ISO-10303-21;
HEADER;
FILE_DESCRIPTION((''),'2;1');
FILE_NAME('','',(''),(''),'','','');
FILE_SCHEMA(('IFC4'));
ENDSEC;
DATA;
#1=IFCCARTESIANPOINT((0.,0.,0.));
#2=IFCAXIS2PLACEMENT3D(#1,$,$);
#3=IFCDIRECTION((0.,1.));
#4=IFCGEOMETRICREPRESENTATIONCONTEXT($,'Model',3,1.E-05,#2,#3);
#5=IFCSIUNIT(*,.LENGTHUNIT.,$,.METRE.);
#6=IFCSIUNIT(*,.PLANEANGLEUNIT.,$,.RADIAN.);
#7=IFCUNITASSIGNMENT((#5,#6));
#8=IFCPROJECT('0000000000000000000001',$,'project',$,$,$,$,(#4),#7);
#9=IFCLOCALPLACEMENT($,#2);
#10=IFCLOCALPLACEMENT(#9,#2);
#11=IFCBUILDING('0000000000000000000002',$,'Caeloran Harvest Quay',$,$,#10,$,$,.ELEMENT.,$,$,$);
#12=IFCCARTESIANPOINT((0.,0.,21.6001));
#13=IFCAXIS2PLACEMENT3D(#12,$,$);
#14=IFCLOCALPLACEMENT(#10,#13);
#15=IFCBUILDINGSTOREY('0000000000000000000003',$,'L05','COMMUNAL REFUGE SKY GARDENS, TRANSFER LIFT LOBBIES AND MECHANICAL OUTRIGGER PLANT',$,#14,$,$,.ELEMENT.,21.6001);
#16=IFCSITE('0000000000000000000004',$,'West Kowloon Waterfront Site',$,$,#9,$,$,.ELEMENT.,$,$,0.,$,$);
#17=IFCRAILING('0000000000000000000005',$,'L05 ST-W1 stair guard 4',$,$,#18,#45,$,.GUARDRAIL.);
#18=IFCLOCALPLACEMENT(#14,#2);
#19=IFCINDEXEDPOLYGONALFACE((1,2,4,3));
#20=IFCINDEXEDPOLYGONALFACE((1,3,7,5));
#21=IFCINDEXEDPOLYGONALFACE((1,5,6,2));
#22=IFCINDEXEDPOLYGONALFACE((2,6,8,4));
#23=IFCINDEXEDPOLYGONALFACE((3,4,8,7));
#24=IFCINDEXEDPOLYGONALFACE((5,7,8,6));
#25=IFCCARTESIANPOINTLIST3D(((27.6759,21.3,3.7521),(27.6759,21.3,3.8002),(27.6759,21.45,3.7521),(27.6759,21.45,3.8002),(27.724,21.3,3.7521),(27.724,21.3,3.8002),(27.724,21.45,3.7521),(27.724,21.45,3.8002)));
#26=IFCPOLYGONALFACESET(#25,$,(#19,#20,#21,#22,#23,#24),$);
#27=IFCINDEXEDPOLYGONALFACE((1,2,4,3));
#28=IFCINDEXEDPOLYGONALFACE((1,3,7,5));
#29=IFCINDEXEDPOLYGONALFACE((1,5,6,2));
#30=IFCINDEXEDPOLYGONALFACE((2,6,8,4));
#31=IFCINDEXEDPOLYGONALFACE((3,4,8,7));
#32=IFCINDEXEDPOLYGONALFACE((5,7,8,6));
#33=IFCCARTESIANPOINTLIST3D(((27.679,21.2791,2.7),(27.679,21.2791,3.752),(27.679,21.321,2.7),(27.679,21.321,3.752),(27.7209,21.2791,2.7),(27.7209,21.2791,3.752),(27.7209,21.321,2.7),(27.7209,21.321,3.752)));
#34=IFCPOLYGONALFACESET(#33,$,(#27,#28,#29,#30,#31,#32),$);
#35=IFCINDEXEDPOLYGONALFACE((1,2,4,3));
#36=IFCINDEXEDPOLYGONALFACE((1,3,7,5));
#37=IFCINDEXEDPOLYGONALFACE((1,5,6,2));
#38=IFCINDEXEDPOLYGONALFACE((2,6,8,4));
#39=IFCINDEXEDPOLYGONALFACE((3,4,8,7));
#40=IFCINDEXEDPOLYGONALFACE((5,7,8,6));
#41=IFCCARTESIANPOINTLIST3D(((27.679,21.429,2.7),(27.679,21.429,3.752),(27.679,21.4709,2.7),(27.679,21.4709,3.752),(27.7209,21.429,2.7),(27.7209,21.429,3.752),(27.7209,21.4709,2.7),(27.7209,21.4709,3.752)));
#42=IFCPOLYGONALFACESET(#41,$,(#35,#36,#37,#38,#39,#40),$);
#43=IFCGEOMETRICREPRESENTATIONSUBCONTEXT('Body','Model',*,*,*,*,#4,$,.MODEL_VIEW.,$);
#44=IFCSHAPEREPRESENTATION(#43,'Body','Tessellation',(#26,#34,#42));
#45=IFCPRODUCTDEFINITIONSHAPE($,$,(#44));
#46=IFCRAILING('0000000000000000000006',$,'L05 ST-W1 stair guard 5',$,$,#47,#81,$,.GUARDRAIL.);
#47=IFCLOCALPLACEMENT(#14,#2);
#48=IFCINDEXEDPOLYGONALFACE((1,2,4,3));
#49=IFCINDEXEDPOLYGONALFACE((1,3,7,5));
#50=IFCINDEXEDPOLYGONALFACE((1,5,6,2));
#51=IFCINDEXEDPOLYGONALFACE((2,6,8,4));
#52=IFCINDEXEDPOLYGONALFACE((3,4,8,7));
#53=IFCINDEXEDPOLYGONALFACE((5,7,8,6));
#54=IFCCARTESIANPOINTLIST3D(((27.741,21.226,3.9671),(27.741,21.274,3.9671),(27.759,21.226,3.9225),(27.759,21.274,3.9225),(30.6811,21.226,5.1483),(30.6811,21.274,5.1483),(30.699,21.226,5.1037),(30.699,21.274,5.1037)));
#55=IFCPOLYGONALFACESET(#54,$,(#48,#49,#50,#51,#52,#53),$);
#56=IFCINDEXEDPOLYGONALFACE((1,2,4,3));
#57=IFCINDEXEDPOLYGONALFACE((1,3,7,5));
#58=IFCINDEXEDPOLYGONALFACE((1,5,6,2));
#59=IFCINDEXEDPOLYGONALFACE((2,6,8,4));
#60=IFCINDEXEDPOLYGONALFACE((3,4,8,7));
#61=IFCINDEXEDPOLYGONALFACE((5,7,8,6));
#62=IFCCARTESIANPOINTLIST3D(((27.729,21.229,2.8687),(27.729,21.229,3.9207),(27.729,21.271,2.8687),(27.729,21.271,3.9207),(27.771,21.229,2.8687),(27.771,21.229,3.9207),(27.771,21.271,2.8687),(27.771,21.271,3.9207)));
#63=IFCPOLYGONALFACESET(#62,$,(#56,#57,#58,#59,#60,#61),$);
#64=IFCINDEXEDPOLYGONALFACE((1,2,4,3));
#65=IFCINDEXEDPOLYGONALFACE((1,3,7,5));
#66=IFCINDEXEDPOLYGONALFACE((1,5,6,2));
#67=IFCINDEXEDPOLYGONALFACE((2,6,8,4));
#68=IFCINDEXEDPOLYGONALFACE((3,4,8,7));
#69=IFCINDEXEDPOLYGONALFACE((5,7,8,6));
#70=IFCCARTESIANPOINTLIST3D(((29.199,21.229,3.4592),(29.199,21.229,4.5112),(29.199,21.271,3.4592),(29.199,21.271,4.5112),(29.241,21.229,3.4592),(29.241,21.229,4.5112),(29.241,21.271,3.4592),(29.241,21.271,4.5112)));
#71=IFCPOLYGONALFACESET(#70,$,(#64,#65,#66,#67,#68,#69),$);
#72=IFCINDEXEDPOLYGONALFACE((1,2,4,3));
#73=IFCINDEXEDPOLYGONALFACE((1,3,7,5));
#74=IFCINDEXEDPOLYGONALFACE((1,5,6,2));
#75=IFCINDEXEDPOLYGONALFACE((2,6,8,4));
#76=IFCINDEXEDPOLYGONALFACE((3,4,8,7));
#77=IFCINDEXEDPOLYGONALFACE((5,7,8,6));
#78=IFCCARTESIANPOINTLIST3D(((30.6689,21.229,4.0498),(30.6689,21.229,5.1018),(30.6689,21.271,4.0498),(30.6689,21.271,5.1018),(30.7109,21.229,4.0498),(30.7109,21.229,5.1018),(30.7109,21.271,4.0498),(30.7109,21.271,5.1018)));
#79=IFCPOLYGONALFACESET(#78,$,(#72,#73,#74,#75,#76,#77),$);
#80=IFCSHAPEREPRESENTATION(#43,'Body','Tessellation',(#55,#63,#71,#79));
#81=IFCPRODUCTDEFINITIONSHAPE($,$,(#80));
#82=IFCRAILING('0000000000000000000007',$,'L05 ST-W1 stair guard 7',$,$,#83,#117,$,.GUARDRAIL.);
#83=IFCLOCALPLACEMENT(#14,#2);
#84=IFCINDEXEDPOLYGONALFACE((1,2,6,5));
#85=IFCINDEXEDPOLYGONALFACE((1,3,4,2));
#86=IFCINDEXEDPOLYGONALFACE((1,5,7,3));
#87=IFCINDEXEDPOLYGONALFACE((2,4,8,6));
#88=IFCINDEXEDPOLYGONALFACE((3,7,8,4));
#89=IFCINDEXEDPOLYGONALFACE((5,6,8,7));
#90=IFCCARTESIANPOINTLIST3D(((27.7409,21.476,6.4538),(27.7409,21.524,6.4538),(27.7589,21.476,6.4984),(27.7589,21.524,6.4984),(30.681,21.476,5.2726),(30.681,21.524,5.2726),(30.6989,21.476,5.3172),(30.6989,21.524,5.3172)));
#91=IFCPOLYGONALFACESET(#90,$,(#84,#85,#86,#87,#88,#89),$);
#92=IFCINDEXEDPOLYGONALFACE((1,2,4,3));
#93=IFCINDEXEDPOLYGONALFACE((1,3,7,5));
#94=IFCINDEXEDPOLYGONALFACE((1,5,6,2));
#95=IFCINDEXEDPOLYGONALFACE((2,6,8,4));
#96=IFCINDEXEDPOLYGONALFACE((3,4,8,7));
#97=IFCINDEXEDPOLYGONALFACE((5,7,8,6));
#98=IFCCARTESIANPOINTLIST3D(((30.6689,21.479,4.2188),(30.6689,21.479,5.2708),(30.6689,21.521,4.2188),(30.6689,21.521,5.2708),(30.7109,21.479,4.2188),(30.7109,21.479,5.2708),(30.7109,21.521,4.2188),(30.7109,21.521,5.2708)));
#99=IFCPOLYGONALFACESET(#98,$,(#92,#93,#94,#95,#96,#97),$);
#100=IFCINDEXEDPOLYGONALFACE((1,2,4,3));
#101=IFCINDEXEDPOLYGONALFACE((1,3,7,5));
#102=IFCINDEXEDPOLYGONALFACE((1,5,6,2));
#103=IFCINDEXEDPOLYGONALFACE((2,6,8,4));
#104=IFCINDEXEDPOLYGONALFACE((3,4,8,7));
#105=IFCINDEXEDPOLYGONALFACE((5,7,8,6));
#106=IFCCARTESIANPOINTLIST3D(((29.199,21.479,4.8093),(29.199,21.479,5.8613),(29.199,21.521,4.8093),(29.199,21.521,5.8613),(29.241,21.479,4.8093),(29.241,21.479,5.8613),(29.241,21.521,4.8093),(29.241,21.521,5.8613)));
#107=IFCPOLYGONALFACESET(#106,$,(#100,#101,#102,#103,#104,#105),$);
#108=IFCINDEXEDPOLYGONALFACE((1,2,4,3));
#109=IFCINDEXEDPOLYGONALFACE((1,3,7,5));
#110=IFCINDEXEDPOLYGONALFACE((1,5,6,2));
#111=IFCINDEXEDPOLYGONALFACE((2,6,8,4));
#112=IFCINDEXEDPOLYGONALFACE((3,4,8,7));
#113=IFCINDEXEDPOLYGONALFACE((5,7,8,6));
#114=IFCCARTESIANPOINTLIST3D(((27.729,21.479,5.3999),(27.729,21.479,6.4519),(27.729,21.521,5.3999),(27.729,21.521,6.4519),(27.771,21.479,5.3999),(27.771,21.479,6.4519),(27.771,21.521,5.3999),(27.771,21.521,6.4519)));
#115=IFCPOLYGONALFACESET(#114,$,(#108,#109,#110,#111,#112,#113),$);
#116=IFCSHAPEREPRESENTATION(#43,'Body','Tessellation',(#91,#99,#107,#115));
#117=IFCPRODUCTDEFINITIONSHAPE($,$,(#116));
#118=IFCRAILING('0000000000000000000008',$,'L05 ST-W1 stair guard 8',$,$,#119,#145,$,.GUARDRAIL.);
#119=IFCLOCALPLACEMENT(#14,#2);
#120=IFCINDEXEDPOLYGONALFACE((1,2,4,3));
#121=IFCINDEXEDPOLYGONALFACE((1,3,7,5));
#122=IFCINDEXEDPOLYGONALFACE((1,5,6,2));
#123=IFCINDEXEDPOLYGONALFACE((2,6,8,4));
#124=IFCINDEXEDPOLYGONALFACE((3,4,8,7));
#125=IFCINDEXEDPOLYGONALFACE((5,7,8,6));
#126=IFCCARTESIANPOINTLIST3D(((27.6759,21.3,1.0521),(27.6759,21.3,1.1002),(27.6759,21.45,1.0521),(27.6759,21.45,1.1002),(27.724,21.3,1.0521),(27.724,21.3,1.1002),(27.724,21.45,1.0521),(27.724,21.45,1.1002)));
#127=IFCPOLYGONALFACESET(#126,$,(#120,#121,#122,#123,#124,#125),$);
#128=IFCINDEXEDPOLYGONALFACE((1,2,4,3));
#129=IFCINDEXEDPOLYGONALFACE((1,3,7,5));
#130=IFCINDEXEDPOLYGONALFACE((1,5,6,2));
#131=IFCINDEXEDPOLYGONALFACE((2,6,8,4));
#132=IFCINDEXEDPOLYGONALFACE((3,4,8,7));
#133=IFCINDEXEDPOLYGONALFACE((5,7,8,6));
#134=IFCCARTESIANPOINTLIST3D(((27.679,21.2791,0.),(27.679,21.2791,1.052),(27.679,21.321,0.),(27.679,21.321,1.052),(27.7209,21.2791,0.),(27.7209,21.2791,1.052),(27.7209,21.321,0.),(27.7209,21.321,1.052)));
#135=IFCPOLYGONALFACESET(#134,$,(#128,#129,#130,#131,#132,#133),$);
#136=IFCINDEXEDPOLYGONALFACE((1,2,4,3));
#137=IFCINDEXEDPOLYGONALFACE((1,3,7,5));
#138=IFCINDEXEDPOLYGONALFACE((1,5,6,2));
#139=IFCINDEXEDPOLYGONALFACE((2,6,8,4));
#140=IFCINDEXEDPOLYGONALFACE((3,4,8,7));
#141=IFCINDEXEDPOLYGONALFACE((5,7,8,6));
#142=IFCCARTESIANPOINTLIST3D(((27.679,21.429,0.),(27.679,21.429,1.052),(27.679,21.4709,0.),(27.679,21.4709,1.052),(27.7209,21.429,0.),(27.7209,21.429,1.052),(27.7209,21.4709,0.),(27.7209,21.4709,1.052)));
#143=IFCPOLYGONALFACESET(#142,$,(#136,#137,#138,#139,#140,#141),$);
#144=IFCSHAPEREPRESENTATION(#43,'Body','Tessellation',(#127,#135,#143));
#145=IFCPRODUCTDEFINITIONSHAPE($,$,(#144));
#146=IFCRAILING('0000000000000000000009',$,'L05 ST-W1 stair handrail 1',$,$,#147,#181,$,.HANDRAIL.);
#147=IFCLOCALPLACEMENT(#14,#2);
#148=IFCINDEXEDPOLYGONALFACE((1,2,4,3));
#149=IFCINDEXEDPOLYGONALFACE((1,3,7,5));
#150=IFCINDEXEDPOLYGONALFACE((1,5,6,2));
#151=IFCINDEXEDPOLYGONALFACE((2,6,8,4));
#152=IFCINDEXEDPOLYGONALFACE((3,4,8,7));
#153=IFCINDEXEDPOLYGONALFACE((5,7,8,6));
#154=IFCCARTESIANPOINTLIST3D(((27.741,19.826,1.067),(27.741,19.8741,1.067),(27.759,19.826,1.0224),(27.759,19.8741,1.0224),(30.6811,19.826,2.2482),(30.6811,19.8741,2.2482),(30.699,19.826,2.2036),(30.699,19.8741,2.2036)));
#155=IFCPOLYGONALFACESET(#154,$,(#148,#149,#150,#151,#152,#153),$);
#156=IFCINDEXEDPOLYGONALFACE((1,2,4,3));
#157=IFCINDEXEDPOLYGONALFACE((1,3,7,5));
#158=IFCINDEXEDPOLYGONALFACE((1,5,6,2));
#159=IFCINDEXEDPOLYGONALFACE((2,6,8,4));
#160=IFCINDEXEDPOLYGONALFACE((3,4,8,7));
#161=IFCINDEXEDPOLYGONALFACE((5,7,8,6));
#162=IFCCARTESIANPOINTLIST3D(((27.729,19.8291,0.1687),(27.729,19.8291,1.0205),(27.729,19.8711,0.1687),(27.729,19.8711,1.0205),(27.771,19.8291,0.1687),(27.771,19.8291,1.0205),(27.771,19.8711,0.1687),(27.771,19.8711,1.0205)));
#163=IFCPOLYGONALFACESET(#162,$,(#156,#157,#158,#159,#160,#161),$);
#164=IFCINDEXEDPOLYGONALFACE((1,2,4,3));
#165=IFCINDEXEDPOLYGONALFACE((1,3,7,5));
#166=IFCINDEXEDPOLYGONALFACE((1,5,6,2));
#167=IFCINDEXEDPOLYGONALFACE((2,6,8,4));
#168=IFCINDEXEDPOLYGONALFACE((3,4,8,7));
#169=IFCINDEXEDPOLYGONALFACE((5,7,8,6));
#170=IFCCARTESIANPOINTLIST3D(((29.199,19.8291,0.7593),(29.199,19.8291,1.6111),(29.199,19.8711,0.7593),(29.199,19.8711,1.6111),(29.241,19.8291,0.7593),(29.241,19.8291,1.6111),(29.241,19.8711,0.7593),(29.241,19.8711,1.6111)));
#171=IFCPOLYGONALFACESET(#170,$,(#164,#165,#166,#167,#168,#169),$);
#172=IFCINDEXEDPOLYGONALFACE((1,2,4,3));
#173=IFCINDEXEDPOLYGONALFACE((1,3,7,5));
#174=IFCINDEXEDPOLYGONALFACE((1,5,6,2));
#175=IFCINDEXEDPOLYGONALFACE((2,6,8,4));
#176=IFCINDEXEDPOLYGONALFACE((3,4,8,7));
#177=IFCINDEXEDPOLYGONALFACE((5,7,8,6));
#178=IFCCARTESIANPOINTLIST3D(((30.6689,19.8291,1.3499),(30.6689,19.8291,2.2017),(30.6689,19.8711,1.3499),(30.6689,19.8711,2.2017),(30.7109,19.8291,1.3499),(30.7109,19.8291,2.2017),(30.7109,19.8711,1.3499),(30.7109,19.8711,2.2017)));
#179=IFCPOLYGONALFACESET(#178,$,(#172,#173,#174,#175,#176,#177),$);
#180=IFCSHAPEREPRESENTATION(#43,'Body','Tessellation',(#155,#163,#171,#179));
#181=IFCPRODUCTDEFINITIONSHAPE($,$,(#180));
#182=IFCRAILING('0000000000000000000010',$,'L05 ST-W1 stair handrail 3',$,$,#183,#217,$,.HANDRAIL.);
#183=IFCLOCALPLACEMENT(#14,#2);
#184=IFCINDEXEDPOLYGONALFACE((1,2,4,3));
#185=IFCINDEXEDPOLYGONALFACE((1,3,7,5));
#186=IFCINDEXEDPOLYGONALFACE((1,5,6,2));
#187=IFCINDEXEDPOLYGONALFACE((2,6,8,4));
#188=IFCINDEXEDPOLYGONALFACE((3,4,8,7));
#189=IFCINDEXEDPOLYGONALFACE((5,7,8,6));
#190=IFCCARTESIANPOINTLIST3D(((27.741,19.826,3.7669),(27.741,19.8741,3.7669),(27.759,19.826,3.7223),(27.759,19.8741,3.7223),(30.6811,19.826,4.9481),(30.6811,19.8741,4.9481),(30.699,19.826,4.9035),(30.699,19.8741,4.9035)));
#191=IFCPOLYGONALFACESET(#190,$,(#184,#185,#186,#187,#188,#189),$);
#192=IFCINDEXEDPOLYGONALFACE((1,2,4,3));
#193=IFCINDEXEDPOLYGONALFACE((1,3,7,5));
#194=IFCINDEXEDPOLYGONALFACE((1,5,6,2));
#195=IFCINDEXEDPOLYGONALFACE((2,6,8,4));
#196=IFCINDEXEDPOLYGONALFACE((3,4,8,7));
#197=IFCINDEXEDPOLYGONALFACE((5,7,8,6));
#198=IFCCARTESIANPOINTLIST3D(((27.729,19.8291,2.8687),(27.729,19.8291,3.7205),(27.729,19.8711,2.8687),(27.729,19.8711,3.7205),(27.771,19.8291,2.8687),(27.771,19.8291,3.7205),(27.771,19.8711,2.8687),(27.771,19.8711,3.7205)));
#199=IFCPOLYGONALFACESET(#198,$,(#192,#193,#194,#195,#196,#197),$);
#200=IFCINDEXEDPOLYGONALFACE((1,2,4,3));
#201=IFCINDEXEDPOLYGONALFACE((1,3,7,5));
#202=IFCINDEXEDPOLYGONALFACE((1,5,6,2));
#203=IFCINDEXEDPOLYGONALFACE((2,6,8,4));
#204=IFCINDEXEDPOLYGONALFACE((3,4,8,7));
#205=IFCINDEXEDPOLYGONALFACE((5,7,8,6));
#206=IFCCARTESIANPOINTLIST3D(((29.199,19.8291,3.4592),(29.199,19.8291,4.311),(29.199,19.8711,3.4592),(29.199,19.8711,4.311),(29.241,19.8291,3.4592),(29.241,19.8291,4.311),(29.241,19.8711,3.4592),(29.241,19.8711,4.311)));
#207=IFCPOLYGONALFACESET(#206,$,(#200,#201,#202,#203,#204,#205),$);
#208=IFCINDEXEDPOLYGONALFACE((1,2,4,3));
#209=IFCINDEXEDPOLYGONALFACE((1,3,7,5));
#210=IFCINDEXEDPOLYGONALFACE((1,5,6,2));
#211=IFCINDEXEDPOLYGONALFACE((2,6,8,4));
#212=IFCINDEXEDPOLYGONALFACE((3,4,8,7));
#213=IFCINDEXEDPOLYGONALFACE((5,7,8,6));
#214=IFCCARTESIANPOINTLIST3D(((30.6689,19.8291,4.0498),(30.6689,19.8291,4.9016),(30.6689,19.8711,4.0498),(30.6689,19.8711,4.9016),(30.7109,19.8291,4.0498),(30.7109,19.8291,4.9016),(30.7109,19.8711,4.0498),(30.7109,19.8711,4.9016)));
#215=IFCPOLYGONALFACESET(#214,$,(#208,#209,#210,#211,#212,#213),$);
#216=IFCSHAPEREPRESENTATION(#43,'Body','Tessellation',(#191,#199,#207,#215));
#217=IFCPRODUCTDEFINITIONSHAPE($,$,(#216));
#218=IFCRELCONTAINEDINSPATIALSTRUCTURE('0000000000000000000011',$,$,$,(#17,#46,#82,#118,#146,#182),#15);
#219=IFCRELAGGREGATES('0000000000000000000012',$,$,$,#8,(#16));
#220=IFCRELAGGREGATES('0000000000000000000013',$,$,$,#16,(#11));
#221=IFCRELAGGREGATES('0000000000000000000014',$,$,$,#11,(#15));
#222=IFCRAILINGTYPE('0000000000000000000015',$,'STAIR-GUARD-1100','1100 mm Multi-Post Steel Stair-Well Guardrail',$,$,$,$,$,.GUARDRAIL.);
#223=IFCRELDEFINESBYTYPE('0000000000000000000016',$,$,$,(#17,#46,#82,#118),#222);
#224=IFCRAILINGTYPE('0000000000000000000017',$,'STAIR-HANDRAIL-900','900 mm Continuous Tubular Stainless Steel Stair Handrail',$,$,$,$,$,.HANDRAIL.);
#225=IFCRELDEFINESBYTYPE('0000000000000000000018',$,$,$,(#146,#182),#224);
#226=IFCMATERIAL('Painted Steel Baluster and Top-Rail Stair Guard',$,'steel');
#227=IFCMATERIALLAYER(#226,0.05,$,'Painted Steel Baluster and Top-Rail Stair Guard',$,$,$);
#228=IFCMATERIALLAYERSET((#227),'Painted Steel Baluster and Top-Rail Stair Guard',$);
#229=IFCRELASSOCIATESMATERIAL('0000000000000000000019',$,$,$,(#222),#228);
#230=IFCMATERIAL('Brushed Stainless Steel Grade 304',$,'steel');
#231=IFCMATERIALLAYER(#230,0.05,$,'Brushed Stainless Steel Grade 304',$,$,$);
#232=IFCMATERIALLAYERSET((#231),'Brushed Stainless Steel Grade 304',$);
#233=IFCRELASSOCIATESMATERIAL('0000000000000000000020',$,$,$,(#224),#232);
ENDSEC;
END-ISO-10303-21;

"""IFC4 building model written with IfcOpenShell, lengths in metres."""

from ifc_helpers import new_model, si_unit, direction, frame, origin, origin_2d, place, context, subcontext, project, spatial, rectangle, extrude, material, layer, layer_set, type_object, element, save


model = new_model("IFC4")

# Units and contexts
model_context = context("Model", 3, precision=1e-05, world=origin(), true_north=direction((0.0, 1.0)))
body_context = subcontext(model_context, "Body", "Model", "MODEL_VIEW")
ifc_project = project(units=[si_unit("LENGTHUNIT", "METRE"), si_unit("PLANEANGLEUNIT", "RADIAN")], contexts=[model_context])

# Site, building, storey
site_placement = place(None, origin())
site = spatial("IfcSite", under=ifc_project, at=site_placement, Name="West Kowloon Waterfront Site", CompositionType="ELEMENT", RefElevation=0.0)
building_placement = place(site_placement, origin())
building = spatial("IfcBuilding", under=site, at=building_placement, Name="Caeloran Harvest Quay", CompositionType="ELEMENT")
storey_placement = place(building_placement, frame((0.0, 0.0, 21.6001)))
storey = spatial("IfcBuildingStorey", under=building, at=storey_placement, Name="L05", Description="COMMUNAL REFUGE SKY GARDENS, TRANSFER LIFT LOBBIES AND MECHANICAL OUTRIGGER PLANT", CompositionType="ELEMENT", Elevation=21.6001)

# Railings
ifc_material_1 = material(Name="Painted Steel Baluster and Top-Rail Stair Guard", Category="steel")
ifc_layer_1 = layer(ifc_material_1, 0.05, Name="Painted Steel Baluster and Top-Rail Stair Guard")
ifc_layer_set_1 = layer_set([ifc_layer_1], Name="Painted Steel Baluster and Top-Rail Stair Guard")
railing_type_1 = type_object("IfcRailingType", Name="STAIR-GUARD-1100", Description="1100 mm Multi-Post Steel Stair-Well Guardrail", PredefinedType="GUARDRAIL", material=ifc_layer_set_1)
railing_1_placement = place(storey_placement, frame((27.7, 21.3, 2.7)))
element("IfcRailing", 1, at=railing_1_placement, inside=storey, type_object=railing_type_1, Name="L05 ST-W1 stair guard 4", PredefinedType="GUARDRAIL", context=body_context, shape_type="SweptSolid", body=[
    extrude(rectangle(XDim=0.0481, YDim=0.0481, at=origin_2d()), frame((0.0, 0.0, 1.0762), z_axis=(0.0, 1.0, 0.0), x_axis=(-1.0, 0.0, 0.0)), (0.0, 0.0, 1.0), 0.1499),
    extrude(rectangle(XDim=0.042, YDim=0.042, at=origin_2d()), origin(), (0.0, 0.0, 1.0), 1.052),
    extrude(rectangle(XDim=0.042, YDim=0.042, at=origin_2d()), frame((0.0, 0.1499, 0.0)), (0.0, 0.0, 1.0), 1.052),
])
railing_2_placement = place(storey_placement, frame((27.75, 21.25, 2.8687)))
element("IfcRailing", 2, at=railing_2_placement, inside=storey, type_object=railing_type_1, Name="L05 ST-W1 stair guard 5", PredefinedType="GUARDRAIL", context=body_context, shape_type="SweptSolid", body=[
    extrude(rectangle(XDim=0.0481, YDim=0.0481, at=origin_2d()), frame((0.0, 0.0, 1.0762), z_axis=(0.927912, 0.0, 0.372799), x_axis=(0.0, 1.0, 0.0)), (0.0, 0.0, 1.0), 3.1685),
    extrude(rectangle(XDim=0.042, YDim=0.042, at=origin_2d()), origin(), (0.0, 0.0, 1.0), 1.052),
    extrude(rectangle(XDim=0.042, YDim=0.042, at=origin_2d()), frame((1.47, 0.0, 0.5906)), (0.0, 0.0, 1.0), 1.052),
    extrude(rectangle(XDim=0.042, YDim=0.042, at=origin_2d()), frame((2.9399, 0.0, 1.1812)), (0.0, 0.0, 1.0), 1.052),
])
railing_3_placement = place(storey_placement, frame((30.6899, 21.5, 4.2188)))
element("IfcRailing", 3, at=railing_3_placement, inside=storey, type_object=railing_type_1, Name="L05 ST-W1 stair guard 7", PredefinedType="GUARDRAIL", context=body_context, shape_type="SweptSolid", body=[
    extrude(rectangle(XDim=0.0481, YDim=0.0481, at=origin_2d()), frame((0.0, 0.0, 1.0762), z_axis=(-0.927912, 0.0, 0.372799), x_axis=(0.0, -1.0, 0.0)), (0.0, 0.0, 1.0), 3.1685),
    extrude(rectangle(XDim=0.042, YDim=0.042, at=origin_2d()), origin(), (0.0, 0.0, 1.0), 1.052),
    extrude(rectangle(XDim=0.042, YDim=0.042, at=origin_2d()), frame((-1.47, 0.0, 0.5906)), (0.0, 0.0, 1.0), 1.052),
    extrude(rectangle(XDim=0.042, YDim=0.042, at=origin_2d()), frame((-2.9399, 0.0, 1.1812)), (0.0, 0.0, 1.0), 1.052),
])
railing_4_placement = place(storey_placement, frame((27.7, 21.3, 0.0)))
element("IfcRailing", 4, at=railing_4_placement, inside=storey, type_object=railing_type_1, Name="L05 ST-W1 stair guard 8", PredefinedType="GUARDRAIL", context=body_context, shape_type="SweptSolid", body=[
    extrude(rectangle(XDim=0.0481, YDim=0.0481, at=origin_2d()), frame((0.0, 0.0, 1.0762), z_axis=(0.0, 1.0, 0.0), x_axis=(-1.0, 0.0, 0.0)), (0.0, 0.0, 1.0), 0.1499),
    extrude(rectangle(XDim=0.042, YDim=0.042, at=origin_2d()), origin(), (0.0, 0.0, 1.0), 1.052),
    extrude(rectangle(XDim=0.042, YDim=0.042, at=origin_2d()), frame((0.0, 0.1499, 0.0)), (0.0, 0.0, 1.0), 1.052),
])
ifc_material_2 = material(Name="Brushed Stainless Steel Grade 304", Category="steel")
ifc_layer_2 = layer(ifc_material_2, 0.05, Name="Brushed Stainless Steel Grade 304")
ifc_layer_set_2 = layer_set([ifc_layer_2], Name="Brushed Stainless Steel Grade 304")
railing_type_2 = type_object("IfcRailingType", Name="STAIR-HANDRAIL-900", Description="900 mm Continuous Tubular Stainless Steel Stair Handrail", PredefinedType="HANDRAIL", material=ifc_layer_set_2)
for number, where, name in (
    (5, (27.75, 19.8501, 0.1687), "L05 ST-W1 stair handrail 1"),
    (6, (27.75, 19.8501, 2.8687), "L05 ST-W1 stair handrail 3"),
):
    element("IfcRailing", number, at=place(storey_placement, frame(where)), inside=storey, type_object=railing_type_2, Name=name, PredefinedType="HANDRAIL", context=body_context, shape_type="SweptSolid", body=[
        extrude(rectangle(XDim=0.0481, YDim=0.0481, at=origin_2d()), frame((0.0, 0.0, 0.876), z_axis=(0.927912, 0.0, 0.372799), x_axis=(0.0, 1.0, 0.0)), (0.0, 0.0, 1.0), 3.1685),
        extrude(rectangle(XDim=0.042, YDim=0.042, at=origin_2d()), origin(), (0.0, 0.0, 1.0), 0.8518),
        extrude(rectangle(XDim=0.042, YDim=0.042, at=origin_2d()), frame((1.47, 0.0, 0.5906)), (0.0, 0.0, 1.0), 0.8518),
        extrude(rectangle(XDim=0.042, YDim=0.042, at=origin_2d()), frame((2.9399, 0.0, 1.1812)), (0.0, 0.0, 1.0), 0.8518),
    ])

save(model, "model.ifc")
